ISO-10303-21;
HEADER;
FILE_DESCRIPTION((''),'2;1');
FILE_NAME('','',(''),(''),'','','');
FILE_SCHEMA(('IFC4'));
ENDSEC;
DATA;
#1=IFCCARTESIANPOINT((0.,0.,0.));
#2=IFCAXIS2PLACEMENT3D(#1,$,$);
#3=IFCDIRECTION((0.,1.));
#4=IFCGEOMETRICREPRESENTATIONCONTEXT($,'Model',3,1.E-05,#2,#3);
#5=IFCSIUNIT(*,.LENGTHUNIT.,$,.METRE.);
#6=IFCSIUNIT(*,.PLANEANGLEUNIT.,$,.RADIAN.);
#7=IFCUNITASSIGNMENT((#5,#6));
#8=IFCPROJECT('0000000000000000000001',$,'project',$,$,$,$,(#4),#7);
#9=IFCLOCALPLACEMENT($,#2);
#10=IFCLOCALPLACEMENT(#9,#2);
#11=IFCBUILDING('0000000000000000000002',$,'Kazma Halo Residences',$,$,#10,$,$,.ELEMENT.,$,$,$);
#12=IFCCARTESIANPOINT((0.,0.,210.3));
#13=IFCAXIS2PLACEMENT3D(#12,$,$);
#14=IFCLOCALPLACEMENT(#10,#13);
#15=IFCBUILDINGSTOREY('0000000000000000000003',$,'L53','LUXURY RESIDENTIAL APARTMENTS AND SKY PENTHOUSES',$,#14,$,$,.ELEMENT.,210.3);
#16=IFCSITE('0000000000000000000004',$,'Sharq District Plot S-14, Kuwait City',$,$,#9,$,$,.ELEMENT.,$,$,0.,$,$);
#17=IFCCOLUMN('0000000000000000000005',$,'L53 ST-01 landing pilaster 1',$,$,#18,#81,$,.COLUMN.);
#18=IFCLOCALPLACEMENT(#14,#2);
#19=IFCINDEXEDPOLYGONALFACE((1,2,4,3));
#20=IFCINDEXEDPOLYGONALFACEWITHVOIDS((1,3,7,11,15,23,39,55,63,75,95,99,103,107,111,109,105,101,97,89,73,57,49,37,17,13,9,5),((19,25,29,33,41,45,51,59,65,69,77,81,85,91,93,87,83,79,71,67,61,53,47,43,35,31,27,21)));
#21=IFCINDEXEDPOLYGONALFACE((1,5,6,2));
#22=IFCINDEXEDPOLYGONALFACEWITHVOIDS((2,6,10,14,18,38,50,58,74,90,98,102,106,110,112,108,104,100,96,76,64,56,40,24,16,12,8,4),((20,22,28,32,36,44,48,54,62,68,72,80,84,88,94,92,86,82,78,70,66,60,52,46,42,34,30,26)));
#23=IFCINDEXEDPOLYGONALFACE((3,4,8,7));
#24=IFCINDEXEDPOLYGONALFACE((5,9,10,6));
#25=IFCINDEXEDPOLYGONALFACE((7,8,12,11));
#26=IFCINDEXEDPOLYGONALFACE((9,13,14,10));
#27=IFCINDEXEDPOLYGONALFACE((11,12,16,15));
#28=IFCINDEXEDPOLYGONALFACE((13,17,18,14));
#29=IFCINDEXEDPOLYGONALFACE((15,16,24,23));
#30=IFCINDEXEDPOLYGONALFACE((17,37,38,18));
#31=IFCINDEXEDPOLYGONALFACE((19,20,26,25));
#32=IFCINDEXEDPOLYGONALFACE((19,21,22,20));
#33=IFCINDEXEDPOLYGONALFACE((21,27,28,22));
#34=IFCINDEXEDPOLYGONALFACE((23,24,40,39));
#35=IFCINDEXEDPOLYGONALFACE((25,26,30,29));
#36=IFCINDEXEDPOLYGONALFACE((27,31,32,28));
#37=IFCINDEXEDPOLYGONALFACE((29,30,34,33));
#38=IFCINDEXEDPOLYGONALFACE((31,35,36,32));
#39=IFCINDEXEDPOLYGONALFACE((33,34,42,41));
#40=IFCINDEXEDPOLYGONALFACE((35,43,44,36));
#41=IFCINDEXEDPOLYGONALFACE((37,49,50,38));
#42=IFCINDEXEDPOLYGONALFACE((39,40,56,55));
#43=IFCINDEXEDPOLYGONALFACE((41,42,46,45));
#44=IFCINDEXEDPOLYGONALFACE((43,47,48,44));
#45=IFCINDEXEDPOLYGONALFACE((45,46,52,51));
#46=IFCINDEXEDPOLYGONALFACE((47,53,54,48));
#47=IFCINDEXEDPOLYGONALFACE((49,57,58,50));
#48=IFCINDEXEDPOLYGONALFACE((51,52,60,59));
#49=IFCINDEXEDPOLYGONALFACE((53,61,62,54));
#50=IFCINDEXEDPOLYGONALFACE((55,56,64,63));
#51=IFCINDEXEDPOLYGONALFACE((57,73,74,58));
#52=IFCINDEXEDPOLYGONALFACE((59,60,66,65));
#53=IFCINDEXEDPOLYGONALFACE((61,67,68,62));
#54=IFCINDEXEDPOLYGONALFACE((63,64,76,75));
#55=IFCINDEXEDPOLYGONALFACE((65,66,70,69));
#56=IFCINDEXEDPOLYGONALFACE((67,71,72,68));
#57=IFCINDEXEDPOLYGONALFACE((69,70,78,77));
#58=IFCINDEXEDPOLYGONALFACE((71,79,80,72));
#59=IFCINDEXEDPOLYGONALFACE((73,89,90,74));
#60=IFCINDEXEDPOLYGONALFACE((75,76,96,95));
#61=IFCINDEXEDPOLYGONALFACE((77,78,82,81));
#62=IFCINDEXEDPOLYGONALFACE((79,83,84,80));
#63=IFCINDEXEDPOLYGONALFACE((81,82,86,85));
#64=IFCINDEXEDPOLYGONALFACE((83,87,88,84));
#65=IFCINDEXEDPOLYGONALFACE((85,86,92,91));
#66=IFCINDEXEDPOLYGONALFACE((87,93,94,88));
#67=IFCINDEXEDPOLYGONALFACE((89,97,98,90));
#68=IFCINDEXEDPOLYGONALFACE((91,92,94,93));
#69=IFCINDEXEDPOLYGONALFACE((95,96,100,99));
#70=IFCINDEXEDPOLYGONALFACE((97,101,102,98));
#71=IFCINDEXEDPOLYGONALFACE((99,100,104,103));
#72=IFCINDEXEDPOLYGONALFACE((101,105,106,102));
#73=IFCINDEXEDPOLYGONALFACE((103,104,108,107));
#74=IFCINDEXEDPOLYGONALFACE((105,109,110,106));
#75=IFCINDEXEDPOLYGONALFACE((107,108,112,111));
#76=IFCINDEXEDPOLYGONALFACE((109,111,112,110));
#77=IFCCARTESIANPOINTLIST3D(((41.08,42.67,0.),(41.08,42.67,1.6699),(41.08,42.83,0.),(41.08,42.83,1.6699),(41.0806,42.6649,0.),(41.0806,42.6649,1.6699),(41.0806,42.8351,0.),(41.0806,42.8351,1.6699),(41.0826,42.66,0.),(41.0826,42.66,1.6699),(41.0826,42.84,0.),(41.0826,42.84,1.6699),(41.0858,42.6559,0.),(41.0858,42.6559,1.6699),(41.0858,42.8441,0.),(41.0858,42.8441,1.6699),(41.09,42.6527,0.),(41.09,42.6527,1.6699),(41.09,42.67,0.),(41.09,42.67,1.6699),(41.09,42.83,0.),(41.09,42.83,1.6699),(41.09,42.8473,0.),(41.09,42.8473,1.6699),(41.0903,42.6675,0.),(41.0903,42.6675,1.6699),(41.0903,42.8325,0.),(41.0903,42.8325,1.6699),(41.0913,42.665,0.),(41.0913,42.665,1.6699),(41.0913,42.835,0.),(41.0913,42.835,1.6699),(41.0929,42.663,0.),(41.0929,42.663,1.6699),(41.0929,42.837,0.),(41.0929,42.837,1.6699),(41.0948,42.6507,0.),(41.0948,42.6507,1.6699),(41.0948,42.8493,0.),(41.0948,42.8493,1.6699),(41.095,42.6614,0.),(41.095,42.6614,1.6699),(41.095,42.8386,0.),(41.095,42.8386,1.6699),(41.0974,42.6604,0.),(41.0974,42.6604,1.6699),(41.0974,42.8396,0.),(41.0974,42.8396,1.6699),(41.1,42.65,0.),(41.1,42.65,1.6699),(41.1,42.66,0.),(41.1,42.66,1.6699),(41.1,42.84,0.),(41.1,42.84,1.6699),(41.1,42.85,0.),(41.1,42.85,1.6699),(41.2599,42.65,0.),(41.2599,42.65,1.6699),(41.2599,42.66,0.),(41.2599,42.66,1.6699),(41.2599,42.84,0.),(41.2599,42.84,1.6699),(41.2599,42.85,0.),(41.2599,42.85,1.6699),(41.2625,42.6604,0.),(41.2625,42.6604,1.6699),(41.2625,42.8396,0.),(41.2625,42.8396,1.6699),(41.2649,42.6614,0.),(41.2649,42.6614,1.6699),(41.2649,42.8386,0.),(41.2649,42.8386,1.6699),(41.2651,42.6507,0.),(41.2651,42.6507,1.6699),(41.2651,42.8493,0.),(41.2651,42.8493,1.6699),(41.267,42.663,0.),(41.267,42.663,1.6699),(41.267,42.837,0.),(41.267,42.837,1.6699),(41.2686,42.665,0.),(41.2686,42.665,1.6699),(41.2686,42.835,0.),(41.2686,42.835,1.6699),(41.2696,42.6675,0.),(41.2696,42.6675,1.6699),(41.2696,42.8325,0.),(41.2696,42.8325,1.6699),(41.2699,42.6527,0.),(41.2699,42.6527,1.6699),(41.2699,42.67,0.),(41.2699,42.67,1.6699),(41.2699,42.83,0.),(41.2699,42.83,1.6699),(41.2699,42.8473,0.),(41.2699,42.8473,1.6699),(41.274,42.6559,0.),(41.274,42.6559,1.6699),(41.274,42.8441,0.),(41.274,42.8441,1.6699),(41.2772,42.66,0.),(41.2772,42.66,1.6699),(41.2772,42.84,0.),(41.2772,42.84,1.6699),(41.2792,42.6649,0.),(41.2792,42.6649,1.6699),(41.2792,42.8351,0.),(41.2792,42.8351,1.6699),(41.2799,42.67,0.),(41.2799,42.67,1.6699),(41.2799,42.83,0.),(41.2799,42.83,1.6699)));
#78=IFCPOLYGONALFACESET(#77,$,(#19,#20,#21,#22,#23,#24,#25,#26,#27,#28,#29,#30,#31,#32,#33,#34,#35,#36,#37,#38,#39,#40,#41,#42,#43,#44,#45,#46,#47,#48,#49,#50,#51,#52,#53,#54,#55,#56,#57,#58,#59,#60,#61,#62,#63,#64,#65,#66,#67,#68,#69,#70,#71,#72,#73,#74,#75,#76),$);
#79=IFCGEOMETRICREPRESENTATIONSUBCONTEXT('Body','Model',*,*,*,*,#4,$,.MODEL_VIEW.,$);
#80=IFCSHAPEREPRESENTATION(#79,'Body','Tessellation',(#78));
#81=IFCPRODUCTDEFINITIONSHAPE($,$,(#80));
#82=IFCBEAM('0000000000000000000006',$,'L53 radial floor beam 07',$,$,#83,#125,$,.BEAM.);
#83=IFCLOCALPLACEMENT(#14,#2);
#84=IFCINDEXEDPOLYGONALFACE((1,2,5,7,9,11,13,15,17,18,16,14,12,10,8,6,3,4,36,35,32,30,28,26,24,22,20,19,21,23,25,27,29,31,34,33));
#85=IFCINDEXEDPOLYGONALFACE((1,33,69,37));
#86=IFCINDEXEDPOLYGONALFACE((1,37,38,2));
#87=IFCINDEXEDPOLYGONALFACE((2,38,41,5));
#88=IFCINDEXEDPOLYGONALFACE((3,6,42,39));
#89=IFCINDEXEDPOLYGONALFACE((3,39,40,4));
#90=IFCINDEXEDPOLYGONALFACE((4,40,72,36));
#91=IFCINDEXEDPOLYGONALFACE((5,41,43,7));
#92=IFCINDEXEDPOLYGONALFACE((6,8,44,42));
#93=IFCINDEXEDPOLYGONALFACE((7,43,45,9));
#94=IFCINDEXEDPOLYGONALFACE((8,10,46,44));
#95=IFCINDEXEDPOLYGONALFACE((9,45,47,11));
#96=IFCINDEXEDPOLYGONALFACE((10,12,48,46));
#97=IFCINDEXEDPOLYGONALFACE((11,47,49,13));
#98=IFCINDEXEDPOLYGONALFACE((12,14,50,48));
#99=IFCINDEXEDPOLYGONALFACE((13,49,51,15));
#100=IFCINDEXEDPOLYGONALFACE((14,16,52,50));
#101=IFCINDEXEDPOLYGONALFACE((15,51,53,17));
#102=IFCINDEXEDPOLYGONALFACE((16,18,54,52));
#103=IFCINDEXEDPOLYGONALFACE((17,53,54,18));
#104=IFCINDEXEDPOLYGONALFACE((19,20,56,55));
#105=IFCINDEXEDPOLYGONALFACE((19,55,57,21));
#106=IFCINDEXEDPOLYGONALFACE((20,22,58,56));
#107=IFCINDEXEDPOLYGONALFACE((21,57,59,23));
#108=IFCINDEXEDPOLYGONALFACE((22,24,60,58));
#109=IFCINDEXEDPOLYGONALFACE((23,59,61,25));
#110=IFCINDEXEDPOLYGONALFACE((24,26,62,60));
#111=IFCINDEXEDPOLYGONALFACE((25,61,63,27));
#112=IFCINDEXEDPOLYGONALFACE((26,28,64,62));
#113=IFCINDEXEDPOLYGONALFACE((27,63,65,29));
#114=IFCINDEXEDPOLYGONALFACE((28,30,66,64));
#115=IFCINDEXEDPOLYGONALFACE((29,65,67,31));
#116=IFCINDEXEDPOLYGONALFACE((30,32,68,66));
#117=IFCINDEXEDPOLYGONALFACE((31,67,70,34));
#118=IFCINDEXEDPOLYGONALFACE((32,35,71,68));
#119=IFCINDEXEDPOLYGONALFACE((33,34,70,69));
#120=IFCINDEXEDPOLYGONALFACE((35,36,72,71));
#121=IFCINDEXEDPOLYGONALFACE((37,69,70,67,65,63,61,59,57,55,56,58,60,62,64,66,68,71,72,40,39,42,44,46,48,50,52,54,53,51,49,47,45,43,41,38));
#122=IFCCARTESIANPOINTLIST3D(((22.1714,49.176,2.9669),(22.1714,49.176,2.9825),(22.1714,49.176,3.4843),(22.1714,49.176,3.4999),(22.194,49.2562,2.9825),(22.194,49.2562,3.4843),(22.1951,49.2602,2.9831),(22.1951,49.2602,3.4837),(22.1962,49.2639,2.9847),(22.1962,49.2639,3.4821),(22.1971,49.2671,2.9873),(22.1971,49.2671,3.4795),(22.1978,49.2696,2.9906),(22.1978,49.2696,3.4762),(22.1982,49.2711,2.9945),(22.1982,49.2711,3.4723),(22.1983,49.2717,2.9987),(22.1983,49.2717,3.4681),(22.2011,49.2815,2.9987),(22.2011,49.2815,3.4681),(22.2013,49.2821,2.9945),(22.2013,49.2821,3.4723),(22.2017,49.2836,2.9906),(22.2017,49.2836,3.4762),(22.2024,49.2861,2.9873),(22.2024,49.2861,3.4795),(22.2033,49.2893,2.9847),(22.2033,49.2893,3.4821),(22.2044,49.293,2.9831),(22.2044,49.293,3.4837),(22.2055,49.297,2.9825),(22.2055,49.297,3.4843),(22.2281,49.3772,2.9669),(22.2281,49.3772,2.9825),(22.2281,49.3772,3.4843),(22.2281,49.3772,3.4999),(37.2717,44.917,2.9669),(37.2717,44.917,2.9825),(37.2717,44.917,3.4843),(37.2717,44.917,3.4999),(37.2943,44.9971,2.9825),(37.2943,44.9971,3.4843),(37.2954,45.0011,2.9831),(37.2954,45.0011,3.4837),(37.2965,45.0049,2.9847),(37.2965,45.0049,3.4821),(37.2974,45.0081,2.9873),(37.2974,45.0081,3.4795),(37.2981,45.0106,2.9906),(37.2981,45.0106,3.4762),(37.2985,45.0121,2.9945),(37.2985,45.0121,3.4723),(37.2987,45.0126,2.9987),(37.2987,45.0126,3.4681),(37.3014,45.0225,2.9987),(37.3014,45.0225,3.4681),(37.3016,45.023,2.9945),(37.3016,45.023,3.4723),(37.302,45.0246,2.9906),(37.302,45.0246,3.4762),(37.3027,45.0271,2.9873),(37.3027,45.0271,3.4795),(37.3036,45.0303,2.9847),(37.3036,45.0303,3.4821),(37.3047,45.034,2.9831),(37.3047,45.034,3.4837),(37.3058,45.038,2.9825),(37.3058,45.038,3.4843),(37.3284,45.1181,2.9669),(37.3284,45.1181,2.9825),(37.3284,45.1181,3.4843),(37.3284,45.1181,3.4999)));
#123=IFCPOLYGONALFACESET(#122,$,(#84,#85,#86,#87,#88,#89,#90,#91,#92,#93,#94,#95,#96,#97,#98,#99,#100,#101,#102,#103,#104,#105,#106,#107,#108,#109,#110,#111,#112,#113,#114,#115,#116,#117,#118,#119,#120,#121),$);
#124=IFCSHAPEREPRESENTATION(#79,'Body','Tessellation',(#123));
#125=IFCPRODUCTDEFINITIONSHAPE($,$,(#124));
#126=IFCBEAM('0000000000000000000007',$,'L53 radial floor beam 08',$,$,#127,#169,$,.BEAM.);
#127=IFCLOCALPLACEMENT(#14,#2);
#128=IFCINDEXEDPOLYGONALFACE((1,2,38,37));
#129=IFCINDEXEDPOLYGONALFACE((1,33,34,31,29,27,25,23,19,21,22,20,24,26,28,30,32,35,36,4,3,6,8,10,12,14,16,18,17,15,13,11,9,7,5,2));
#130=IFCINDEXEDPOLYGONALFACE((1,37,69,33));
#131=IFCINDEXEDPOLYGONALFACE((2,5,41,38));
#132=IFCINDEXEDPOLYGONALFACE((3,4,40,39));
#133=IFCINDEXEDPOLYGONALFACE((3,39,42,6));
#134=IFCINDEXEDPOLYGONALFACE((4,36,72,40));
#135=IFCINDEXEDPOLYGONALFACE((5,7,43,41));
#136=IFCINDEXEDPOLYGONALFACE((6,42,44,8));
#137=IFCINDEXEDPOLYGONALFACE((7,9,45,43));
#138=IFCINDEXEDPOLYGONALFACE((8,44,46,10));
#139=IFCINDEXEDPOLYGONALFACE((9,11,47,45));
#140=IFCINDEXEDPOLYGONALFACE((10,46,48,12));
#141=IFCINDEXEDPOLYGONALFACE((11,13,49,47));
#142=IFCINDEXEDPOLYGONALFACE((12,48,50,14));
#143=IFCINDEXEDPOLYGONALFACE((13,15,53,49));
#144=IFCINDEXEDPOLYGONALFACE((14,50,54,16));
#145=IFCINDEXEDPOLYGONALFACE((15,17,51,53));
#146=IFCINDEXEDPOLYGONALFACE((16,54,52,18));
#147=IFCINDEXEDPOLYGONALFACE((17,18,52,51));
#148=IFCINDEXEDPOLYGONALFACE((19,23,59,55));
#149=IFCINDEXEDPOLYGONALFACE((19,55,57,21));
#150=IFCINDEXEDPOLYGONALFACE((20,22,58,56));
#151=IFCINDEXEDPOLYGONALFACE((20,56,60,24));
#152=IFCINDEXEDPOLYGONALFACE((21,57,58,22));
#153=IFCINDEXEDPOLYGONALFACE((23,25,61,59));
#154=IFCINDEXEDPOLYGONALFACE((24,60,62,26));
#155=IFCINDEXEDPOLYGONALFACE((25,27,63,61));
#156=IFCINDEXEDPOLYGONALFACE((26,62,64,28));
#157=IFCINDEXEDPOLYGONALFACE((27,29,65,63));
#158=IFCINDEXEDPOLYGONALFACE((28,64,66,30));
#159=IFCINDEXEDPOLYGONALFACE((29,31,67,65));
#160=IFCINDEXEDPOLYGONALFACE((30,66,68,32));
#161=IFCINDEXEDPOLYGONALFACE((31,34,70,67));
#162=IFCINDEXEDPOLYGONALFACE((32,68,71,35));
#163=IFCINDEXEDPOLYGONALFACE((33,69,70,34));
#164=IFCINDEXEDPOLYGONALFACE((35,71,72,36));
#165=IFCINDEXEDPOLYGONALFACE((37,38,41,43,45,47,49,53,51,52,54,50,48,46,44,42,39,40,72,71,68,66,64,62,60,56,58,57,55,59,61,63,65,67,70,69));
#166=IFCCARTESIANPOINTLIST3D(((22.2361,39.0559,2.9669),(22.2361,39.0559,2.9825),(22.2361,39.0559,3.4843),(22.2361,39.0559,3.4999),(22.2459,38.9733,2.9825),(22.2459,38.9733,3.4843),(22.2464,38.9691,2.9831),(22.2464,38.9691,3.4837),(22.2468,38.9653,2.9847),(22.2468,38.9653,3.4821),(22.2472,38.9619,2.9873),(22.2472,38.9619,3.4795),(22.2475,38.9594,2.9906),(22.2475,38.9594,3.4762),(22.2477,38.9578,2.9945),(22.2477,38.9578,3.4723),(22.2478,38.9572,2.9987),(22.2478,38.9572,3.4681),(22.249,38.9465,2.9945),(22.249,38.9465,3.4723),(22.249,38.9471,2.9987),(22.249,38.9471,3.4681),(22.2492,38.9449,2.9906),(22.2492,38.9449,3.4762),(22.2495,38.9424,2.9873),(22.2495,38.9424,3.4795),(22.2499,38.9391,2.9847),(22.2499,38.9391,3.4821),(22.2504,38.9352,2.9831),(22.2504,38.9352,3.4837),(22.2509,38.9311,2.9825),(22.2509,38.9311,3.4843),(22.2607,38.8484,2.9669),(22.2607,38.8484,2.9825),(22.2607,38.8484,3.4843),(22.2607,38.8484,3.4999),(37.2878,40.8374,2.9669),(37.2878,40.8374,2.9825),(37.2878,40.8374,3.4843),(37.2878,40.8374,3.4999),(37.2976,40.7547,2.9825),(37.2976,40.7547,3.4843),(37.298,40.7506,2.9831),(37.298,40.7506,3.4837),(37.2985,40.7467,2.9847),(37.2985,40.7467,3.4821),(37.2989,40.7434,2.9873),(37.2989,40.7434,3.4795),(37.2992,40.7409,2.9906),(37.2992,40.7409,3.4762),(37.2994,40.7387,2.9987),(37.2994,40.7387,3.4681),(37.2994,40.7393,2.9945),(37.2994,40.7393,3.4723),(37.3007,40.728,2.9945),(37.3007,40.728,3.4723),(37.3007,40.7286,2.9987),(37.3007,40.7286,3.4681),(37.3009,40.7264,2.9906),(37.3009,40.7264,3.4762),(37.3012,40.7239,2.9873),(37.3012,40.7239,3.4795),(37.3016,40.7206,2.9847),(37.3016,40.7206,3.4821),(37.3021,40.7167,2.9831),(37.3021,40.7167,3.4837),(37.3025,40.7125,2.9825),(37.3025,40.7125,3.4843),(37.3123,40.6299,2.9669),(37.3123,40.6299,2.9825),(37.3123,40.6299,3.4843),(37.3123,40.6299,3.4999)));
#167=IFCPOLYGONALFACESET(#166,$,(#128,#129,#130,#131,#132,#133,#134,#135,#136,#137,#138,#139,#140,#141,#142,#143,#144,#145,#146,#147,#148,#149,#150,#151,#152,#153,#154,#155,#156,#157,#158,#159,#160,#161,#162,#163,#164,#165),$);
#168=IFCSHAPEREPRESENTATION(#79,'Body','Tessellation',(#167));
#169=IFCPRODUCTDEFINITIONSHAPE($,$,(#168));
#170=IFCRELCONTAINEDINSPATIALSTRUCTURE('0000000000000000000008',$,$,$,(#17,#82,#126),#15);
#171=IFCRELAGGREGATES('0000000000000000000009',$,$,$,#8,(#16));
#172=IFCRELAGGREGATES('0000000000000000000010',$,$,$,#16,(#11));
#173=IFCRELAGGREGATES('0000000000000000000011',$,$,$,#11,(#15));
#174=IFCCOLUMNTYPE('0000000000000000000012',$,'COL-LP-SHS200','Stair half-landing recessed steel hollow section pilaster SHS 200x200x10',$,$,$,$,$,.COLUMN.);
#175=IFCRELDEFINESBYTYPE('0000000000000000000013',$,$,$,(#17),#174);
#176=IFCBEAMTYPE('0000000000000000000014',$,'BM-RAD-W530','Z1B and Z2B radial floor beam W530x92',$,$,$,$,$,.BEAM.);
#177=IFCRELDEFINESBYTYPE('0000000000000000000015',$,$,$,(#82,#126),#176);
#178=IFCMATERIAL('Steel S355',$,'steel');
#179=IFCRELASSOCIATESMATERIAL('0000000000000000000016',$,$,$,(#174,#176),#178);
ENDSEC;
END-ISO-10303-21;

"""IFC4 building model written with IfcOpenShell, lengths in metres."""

from ifc_helpers import new_model, si_unit, direction, frame, origin, origin_2d, place, context, subcontext, project, spatial, hollow_rectangle, i_section, extrude, material, material_profile, profile_set, type_object, element, save


model = new_model("IFC4")

# Units and contexts
model_context = context("Model", 3, precision=1e-05, world=origin(), true_north=direction((0.0, 1.0)))
body_context = subcontext(model_context, "Body", "Model", "MODEL_VIEW")
ifc_project = project(units=[si_unit("LENGTHUNIT", "METRE"), si_unit("PLANEANGLEUNIT", "RADIAN")], contexts=[model_context])

# Site, building, storey
site_placement = place(None, origin())
site = spatial("IfcSite", under=ifc_project, at=site_placement, Name="Sharq District Plot S-14, Kuwait City", CompositionType="ELEMENT", RefElevation=0.0)
building_placement = place(site_placement, origin())
building = spatial("IfcBuilding", under=site, at=building_placement, Name="Kazma Halo Residences", CompositionType="ELEMENT")
storey_placement = place(building_placement, frame((0.0, 0.0, 210.3)))
storey = spatial("IfcBuildingStorey", under=building, at=storey_placement, Name="L53", Description="LUXURY RESIDENTIAL APARTMENTS AND SKY PENTHOUSES", CompositionType="ELEMENT", Elevation=210.3)

# Column
ifc_material_1 = material(Name="Steel S355", Category="steel")
ifc_material_profile_1 = material_profile(ifc_material_1, hollow_rectangle(XDim=0.2, YDim=0.2, WallThickness=0.01, InnerFilletRadius=0.01, OuterFilletRadius=0.02, at=origin_2d()), Name="SHS200x200x10")
ifc_profile_set_1 = profile_set([ifc_material_profile_1], Name="Steel S355")
column_type = type_object("IfcColumnType", Name="COL-LP-SHS200", Description="Stair half-landing recessed steel hollow section pilaster SHS 200x200x10", PredefinedType="COLUMN", material=ifc_profile_set_1)
column_placement = place(storey_placement, frame((41.1799, 42.75, 0.0), z_axis=(0.0, 0.0, 1.0), x_axis=(1.0, 0.0, 0.0)))
element("IfcColumn", 1, at=column_placement, inside=storey, type_object=column_type, Name="L53 ST-01 landing pilaster 1", PredefinedType="COLUMN", context=body_context, shape_type="SweptSolid", body=[
    extrude(hollow_rectangle(XDim=0.2, YDim=0.2, WallThickness=0.01, InnerFilletRadius=0.01, OuterFilletRadius=0.02, at=origin_2d()), origin(), (0.0, 0.0, 1.0), 1.6699),
])

# Beams
ifc_material_profile_2 = material_profile(ifc_material_1, i_section(OverallWidth=0.209, OverallDepth=0.533, WebThickness=0.0103, FlangeThickness=0.0156, FilletRadius=0.0161, at=origin_2d()), Name="W530x92")
ifc_profile_set_2 = profile_set([ifc_material_profile_2], Name="Steel S355")
beam_type_1 = type_object("IfcBeamType", Name="BM-RAD-W530", Description="Z1B and Z2B radial floor beam W530x92", PredefinedType="BEAM", material=ifc_profile_set_2)
beam_1_placement = place(storey_placement, frame((37.3, 45.0176, 3.2334), z_axis=(-0.96245, 0.271458, 0.0), x_axis=(-0.271458, -0.96245, 0.0)))
element("IfcBeam", 2, at=beam_1_placement, inside=storey, type_object=beam_type_1, Name="L53 radial floor beam 07", PredefinedType="BEAM", context=body_context, shape_type="SweptSolid", body=[
    extrude(i_section(OverallWidth=0.209, OverallDepth=0.533, WebThickness=0.0103, FlangeThickness=0.0156, FilletRadius=0.0161, at=origin_2d()), origin(), (0.0, 0.0, 1.0), 15.6895),
])
beam_2_placement = place(storey_placement, frame((37.3, 40.7336, 3.2334), z_axis=(-0.993068, -0.117537, 0.0), x_axis=(0.117537, -0.993068, 0.0)))
element("IfcBeam", 3, at=beam_2_placement, inside=storey, type_object=beam_type_1, Name="L53 radial floor beam 08", PredefinedType="BEAM", context=body_context, shape_type="SweptSolid", body=[
    extrude(i_section(OverallWidth=0.209, OverallDepth=0.533, WebThickness=0.0103, FlangeThickness=0.0156, FilletRadius=0.0161, at=origin_2d()), origin(), (0.0, 0.0, 1.0), 15.1567),
])

save(model, "model.ifc")
